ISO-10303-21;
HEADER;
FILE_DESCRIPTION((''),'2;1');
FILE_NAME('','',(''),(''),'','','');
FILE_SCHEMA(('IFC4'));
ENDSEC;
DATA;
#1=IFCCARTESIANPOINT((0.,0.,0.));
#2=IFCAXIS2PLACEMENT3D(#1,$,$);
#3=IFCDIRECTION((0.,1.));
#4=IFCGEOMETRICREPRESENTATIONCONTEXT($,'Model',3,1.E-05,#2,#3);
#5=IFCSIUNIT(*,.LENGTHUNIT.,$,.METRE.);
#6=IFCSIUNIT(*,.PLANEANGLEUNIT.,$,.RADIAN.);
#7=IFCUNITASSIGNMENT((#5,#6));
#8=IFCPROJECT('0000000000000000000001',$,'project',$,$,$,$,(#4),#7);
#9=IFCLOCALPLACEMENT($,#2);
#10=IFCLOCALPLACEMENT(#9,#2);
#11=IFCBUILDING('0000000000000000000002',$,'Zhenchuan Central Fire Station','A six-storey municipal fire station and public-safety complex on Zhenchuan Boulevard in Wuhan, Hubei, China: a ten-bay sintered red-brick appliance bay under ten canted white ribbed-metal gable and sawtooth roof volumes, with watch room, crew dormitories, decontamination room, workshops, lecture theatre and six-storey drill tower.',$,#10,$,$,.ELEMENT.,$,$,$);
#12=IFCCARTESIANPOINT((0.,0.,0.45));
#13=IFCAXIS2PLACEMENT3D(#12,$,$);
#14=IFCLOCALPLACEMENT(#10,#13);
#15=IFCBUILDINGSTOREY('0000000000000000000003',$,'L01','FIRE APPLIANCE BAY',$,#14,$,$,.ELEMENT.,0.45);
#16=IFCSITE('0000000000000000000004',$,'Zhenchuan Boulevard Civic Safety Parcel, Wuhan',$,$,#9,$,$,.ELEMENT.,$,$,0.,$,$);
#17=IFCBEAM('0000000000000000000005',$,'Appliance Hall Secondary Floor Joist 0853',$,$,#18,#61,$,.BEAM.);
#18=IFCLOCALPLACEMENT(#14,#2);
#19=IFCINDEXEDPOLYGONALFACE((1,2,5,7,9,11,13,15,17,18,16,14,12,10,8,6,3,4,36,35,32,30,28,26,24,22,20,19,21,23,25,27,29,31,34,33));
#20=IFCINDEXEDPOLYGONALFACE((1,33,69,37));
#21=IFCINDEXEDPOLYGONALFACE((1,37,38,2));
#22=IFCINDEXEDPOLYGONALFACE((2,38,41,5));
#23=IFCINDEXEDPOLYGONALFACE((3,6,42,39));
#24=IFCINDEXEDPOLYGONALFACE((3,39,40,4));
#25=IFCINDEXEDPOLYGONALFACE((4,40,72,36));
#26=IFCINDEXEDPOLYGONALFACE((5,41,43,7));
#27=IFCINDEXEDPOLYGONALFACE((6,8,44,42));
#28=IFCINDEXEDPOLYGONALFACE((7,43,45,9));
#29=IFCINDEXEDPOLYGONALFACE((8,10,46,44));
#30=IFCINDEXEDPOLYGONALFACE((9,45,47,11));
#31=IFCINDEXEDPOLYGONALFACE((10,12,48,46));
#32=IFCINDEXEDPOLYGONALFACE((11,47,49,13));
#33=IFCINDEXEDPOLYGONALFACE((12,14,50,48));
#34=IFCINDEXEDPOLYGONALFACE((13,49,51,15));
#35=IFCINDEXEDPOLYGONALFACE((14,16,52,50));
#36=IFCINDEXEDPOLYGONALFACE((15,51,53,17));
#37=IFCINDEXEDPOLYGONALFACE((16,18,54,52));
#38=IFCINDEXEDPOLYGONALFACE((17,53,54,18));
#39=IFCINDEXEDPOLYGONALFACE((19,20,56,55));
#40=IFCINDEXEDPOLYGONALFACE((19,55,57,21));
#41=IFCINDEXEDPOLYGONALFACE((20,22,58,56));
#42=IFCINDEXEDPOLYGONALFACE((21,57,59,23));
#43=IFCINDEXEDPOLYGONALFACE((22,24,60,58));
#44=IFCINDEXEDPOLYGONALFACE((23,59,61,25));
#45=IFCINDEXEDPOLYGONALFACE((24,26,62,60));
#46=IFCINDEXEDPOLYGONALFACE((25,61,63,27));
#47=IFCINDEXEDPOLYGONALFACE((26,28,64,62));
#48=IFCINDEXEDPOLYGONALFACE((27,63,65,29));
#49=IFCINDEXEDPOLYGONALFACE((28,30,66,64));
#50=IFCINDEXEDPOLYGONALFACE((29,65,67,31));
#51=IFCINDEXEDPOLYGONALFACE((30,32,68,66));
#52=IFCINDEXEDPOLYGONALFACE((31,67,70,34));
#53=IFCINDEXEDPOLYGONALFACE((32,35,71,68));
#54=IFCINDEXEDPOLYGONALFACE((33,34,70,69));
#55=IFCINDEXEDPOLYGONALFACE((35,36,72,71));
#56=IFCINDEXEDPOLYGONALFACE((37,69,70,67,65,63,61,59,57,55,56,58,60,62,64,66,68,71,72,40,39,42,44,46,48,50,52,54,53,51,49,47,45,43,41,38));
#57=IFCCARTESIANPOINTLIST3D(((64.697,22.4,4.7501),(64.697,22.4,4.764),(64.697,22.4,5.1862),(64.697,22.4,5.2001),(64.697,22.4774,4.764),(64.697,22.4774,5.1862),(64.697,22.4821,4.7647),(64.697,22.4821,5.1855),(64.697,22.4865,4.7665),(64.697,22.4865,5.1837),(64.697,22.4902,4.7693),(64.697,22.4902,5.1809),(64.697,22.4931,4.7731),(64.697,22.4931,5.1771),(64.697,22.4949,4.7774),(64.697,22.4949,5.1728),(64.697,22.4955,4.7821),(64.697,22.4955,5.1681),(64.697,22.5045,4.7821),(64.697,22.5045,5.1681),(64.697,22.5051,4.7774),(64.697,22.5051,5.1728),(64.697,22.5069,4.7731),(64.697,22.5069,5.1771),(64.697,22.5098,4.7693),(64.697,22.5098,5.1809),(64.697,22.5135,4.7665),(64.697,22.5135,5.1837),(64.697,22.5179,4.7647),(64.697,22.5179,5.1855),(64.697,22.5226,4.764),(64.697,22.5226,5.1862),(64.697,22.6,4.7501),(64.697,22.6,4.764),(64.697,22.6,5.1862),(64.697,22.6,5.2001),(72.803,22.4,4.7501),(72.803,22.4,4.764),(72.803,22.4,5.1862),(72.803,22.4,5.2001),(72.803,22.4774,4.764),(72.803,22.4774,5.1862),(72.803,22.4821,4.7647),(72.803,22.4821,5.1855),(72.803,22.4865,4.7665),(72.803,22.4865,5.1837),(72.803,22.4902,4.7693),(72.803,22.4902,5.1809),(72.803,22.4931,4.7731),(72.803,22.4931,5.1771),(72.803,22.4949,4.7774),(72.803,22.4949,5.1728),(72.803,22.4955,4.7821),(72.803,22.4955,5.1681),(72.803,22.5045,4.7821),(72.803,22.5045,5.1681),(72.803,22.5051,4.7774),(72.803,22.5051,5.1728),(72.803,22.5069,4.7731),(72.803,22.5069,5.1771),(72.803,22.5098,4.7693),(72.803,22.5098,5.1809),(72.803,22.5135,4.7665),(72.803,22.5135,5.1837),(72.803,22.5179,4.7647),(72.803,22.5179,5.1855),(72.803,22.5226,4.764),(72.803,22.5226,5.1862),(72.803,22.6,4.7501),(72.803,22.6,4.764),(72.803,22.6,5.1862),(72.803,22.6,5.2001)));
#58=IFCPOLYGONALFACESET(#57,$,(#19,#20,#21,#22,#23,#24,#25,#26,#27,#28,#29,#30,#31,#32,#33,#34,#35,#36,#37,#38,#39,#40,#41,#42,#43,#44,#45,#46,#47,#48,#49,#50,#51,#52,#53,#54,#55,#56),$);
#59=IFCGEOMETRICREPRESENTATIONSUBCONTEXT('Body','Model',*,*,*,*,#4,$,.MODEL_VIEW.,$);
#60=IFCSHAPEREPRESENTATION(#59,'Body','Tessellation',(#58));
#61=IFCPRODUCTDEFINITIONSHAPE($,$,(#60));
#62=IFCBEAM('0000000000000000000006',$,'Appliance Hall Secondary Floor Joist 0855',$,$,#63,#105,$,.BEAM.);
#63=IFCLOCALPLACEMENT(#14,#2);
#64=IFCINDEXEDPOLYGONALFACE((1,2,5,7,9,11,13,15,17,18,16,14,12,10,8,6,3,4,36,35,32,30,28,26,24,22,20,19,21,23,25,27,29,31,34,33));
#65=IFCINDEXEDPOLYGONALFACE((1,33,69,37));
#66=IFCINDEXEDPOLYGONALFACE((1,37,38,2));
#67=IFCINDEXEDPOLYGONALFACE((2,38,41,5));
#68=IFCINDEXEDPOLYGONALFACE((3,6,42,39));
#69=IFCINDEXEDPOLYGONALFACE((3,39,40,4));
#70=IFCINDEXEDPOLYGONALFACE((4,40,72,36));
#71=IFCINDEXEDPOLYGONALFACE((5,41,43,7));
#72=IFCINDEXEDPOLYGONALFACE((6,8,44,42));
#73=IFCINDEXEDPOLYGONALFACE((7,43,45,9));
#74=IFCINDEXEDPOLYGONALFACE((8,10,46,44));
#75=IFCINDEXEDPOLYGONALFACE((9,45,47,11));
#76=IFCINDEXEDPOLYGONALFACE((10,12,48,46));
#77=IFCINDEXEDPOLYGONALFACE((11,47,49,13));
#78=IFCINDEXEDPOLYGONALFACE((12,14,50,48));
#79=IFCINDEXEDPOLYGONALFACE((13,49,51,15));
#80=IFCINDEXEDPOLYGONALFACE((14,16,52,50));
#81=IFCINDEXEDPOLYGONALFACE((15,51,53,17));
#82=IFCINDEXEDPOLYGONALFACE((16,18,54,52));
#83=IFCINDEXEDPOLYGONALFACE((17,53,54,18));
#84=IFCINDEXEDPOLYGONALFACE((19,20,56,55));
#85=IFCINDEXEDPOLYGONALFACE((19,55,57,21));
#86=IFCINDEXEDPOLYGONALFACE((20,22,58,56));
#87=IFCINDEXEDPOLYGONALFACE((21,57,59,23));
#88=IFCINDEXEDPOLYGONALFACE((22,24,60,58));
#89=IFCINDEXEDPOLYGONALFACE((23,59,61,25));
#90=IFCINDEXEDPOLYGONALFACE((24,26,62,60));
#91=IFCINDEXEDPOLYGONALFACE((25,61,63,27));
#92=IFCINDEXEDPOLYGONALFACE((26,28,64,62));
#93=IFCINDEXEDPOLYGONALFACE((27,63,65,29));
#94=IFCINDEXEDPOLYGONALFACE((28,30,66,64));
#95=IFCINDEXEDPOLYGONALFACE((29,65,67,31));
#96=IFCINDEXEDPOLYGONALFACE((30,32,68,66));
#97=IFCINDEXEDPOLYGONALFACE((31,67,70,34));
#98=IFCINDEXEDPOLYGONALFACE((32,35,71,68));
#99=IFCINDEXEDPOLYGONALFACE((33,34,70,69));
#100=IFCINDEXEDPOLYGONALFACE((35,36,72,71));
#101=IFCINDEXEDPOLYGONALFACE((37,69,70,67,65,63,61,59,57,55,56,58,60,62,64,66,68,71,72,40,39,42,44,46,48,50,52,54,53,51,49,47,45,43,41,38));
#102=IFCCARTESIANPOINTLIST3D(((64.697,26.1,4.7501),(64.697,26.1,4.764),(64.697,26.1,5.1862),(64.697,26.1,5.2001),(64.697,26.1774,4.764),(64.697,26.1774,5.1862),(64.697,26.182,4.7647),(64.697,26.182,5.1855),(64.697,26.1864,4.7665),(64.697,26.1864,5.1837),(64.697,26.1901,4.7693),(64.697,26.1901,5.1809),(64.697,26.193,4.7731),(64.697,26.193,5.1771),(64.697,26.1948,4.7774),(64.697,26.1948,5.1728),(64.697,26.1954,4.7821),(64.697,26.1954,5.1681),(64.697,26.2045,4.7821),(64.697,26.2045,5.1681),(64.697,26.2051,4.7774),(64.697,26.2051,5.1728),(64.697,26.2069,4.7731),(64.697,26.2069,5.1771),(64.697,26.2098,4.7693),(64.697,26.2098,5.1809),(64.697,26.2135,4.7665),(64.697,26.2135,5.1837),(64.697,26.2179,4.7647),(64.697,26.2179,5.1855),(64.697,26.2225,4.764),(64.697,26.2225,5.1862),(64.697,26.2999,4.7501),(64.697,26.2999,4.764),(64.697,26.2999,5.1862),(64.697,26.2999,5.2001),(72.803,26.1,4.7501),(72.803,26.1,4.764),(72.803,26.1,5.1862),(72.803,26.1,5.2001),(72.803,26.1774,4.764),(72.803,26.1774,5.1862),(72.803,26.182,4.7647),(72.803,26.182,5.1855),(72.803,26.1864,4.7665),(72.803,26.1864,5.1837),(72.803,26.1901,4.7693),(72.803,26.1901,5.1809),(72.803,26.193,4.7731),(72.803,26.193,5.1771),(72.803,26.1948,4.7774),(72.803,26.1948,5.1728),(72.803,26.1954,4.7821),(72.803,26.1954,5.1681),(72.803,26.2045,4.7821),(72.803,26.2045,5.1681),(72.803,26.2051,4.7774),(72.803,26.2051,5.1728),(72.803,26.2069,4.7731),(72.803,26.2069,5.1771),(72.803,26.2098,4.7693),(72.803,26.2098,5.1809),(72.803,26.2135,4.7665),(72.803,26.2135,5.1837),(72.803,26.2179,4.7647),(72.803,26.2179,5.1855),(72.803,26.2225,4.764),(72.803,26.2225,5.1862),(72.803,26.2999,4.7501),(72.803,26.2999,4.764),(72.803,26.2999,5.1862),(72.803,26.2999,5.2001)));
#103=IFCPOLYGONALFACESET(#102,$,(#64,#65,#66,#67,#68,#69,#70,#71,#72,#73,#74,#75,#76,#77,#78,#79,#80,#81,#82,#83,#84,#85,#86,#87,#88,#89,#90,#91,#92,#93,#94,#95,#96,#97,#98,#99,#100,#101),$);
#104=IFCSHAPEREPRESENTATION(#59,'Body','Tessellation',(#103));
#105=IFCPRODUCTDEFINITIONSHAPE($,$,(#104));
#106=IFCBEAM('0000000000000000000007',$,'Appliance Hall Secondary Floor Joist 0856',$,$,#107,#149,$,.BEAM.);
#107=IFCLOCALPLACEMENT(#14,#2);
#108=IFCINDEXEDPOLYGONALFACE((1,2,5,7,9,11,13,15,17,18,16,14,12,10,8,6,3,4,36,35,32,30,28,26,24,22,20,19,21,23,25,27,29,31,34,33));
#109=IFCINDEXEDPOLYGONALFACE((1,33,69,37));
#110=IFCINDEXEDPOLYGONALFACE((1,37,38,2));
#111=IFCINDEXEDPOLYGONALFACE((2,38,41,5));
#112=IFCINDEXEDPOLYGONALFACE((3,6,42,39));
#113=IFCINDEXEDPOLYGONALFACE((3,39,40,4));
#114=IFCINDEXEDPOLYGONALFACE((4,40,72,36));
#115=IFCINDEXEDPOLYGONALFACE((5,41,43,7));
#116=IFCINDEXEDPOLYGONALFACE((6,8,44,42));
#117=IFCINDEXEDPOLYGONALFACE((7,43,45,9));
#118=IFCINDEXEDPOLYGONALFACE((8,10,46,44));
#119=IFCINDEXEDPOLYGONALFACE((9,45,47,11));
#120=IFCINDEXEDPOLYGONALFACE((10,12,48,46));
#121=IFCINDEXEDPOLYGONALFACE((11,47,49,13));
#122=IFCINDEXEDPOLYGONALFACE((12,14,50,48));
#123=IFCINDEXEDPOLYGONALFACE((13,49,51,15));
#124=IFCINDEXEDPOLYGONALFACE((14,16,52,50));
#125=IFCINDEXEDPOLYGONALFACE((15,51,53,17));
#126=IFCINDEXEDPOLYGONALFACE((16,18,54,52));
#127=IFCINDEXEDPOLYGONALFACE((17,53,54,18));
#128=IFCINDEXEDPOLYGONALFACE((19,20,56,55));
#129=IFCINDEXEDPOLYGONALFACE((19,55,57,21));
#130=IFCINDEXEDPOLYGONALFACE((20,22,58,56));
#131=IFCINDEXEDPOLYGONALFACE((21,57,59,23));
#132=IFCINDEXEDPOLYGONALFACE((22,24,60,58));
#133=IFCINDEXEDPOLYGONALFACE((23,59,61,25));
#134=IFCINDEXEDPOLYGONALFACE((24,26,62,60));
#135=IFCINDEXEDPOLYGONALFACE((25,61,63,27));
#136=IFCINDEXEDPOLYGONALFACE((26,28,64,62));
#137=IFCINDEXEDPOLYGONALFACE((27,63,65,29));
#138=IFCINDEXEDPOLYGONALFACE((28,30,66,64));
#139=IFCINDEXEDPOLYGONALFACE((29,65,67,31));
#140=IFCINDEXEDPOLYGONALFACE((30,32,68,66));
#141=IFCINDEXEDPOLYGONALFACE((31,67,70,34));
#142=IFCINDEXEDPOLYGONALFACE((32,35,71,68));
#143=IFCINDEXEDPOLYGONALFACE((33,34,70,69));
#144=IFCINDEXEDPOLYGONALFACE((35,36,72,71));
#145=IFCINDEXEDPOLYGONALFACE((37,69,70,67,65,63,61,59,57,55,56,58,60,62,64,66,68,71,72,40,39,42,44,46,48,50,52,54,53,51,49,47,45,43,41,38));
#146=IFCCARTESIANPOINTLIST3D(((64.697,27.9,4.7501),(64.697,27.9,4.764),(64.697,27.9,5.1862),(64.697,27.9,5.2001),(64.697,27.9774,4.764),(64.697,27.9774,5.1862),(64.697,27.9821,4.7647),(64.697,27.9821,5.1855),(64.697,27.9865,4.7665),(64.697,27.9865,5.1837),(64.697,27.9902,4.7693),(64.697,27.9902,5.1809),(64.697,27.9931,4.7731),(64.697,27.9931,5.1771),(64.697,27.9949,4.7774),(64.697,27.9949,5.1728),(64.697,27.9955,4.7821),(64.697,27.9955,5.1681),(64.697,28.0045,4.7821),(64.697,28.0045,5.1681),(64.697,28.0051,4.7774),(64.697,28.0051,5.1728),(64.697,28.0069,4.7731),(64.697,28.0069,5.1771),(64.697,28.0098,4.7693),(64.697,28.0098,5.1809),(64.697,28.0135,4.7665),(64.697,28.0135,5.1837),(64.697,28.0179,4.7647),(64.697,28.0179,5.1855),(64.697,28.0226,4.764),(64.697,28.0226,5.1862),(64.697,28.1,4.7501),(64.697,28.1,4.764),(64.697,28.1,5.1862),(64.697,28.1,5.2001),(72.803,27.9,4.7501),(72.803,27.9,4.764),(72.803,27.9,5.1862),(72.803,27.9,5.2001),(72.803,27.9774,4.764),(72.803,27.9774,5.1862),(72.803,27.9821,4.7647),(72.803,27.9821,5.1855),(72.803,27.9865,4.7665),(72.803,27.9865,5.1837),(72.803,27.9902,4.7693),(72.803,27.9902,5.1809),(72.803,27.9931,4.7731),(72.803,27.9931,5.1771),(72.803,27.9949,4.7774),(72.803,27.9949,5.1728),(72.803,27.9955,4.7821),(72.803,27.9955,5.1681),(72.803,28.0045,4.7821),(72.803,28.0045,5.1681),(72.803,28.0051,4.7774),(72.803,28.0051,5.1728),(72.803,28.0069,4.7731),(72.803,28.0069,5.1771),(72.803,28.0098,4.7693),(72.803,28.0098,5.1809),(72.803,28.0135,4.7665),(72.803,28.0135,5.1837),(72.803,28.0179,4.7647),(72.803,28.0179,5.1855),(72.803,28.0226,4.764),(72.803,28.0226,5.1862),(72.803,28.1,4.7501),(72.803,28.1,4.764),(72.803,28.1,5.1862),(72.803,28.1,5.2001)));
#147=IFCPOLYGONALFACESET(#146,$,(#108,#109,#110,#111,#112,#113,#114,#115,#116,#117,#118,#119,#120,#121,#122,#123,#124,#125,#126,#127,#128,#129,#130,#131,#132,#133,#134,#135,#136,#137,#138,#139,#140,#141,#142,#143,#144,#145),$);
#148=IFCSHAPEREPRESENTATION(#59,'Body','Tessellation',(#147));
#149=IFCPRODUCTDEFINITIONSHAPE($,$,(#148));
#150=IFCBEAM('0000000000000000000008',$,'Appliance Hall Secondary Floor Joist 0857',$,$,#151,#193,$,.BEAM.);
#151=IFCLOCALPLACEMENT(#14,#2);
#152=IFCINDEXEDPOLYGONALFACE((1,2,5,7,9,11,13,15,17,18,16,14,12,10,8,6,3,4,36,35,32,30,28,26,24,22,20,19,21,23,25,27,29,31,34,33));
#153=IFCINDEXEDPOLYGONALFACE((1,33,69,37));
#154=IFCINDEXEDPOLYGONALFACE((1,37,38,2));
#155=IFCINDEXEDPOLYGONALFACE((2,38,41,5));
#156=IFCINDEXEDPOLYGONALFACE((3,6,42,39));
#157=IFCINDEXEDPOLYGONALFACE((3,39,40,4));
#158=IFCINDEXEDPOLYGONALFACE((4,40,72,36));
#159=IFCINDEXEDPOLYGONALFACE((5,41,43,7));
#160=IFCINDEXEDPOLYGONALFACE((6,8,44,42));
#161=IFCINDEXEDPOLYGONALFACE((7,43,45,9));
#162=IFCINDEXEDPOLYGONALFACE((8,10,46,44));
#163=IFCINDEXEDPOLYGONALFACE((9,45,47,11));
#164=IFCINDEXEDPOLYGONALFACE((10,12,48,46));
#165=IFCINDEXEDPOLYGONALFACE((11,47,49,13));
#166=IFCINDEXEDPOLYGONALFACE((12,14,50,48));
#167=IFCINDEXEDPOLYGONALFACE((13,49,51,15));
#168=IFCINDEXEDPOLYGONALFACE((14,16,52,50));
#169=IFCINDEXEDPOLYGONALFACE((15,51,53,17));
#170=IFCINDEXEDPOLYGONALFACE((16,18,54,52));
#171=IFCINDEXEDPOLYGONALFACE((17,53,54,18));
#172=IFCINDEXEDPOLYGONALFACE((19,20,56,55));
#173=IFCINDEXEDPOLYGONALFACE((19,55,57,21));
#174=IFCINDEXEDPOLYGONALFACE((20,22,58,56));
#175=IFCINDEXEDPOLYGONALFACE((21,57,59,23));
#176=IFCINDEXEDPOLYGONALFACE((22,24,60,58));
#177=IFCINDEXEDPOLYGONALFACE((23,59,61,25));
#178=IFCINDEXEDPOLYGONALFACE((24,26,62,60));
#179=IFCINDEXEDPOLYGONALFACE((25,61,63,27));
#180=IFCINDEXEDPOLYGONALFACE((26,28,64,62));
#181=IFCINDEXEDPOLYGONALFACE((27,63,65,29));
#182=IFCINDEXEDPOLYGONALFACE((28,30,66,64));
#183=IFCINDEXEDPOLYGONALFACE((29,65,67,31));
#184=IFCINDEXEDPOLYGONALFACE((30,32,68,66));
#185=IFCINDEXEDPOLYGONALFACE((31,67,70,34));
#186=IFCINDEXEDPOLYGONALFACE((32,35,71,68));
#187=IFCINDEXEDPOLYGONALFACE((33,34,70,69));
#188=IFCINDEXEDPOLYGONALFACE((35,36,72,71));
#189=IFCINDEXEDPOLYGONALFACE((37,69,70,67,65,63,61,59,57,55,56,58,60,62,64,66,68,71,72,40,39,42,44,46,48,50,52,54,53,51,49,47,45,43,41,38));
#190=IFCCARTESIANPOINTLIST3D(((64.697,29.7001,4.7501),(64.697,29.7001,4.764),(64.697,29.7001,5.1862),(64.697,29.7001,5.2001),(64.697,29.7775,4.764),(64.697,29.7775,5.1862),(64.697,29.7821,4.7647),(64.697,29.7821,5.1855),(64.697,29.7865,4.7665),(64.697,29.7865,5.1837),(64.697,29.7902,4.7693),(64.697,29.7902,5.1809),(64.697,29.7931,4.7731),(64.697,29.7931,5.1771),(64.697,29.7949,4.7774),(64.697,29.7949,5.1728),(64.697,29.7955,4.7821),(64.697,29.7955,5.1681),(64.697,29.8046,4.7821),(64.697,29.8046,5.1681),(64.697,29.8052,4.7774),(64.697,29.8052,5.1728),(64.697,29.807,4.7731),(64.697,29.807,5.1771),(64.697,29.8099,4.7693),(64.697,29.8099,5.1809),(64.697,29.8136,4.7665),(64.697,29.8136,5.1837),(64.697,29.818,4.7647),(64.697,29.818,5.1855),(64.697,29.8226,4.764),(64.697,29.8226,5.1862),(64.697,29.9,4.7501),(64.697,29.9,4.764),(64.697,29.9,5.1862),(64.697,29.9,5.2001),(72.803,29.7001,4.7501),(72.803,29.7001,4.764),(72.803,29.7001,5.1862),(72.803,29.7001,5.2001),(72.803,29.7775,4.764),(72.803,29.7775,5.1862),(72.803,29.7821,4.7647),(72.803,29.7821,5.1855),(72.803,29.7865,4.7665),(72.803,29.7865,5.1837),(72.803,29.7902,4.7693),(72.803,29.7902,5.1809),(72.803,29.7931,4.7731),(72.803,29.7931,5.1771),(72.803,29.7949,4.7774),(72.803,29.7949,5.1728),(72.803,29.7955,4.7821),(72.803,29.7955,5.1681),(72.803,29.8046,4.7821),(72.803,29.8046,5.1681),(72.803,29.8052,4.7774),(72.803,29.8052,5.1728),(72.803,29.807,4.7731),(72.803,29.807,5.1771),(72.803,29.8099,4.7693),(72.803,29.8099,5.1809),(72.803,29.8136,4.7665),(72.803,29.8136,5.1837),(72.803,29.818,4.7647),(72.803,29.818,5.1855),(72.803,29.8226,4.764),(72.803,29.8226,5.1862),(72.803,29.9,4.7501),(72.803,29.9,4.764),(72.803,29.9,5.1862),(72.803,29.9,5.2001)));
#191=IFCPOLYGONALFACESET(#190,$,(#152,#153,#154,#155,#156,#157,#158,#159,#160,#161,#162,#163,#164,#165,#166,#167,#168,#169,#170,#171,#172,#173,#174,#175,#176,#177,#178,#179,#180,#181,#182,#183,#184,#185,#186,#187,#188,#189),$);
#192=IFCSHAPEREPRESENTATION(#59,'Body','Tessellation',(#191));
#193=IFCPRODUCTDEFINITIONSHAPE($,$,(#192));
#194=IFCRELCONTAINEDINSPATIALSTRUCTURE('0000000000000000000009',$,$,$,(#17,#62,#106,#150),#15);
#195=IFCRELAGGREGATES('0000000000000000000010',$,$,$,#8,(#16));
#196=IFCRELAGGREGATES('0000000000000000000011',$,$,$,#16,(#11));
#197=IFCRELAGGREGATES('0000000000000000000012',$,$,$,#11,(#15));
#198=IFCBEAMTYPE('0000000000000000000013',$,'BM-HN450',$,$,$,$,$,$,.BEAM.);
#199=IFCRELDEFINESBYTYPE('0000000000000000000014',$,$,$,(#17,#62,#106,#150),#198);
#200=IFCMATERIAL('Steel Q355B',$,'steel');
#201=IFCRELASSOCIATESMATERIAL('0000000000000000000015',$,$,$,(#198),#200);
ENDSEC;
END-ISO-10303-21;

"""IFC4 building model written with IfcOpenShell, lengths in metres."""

from ifc_helpers import new_model, si_unit, direction, frame, origin, origin_2d, place, context, subcontext, project, spatial, i_section, extrude, material, material_profile, profile_set, type_object, element, save


model = new_model("IFC4")

# Units and contexts
model_context = context("Model", 3, precision=1e-05, world=origin(), true_north=direction((0.0, 1.0)))
body_context = subcontext(model_context, "Body", "Model", "MODEL_VIEW")
ifc_project = project(units=[si_unit("LENGTHUNIT", "METRE"), si_unit("PLANEANGLEUNIT", "RADIAN")], contexts=[model_context])

# Site, building, storey
site_placement = place(None, origin())
site = spatial("IfcSite", under=ifc_project, at=site_placement, Name="Zhenchuan Boulevard Civic Safety Parcel, Wuhan", CompositionType="ELEMENT", RefElevation=0.0)
building_placement = place(site_placement, origin())
building = spatial("IfcBuilding", under=site, at=building_placement, Name="Zhenchuan Central Fire Station", Description="A six-storey municipal fire station and public-safety complex on Zhenchuan Boulevard in Wuhan, Hubei, China: a ten-bay sintered red-brick appliance bay under ten canted white ribbed-metal gable and sawtooth roof volumes, with watch room, crew dormitories, decontamination room, workshops, lecture theatre and six-storey drill tower.", CompositionType="ELEMENT")
storey_placement = place(building_placement, frame((0.0, 0.0, 0.45)))
storey = spatial("IfcBuildingStorey", under=building, at=storey_placement, Name="L01", Description="FIRE APPLIANCE BAY", CompositionType="ELEMENT", Elevation=0.45)

# Beams
ifc_material_1 = material(Name="Steel Q355B", Category="steel")
ifc_material_profile_1 = material_profile(ifc_material_1, i_section(OverallWidth=0.2, OverallDepth=0.45, WebThickness=0.009, FlangeThickness=0.0139, FilletRadius=0.0181, at=origin_2d()), Name="HN 450x200")
ifc_profile_set_1 = profile_set([ifc_material_profile_1], Name="Steel Q355B")
beam_type_1 = type_object("IfcBeamType", Name="BM-HN450", PredefinedType="BEAM", material=ifc_profile_set_1)
for number, where, z_axis, x_axis, name in (
    (1, (64.697, 22.5, 4.9751), (1.0, 0.0, 0.0), (0.0, 1.0, 0.0), "Appliance Hall Secondary Floor Joist 0853"),
    (2, (64.697, 26.2, 4.9751), (1.0, 0.0, 0.0), (0.0, 1.0, 0.0), "Appliance Hall Secondary Floor Joist 0855"),
    (3, (64.697, 28.0, 4.9751), (1.0, 0.0, 0.0), (0.0, 1.0, 0.0), "Appliance Hall Secondary Floor Joist 0856"),
    (4, (64.697, 29.8, 4.9751), (1.0, 0.0, 0.0), (0.0, 1.0, 0.0), "Appliance Hall Secondary Floor Joist 0857"),
):
    element("IfcBeam", number, at=place(storey_placement, frame(where, z_axis=z_axis, x_axis=x_axis)), inside=storey, type_object=beam_type_1, Name=name, PredefinedType="BEAM", context=body_context, shape_type="SweptSolid", body=[
        extrude(i_section(OverallWidth=0.2, OverallDepth=0.45, WebThickness=0.009, FlangeThickness=0.0139, FilletRadius=0.0181, at=origin_2d()), origin(), (0.0, 0.0, 1.0), 8.106),
    ])

save(model, "model.ifc")
